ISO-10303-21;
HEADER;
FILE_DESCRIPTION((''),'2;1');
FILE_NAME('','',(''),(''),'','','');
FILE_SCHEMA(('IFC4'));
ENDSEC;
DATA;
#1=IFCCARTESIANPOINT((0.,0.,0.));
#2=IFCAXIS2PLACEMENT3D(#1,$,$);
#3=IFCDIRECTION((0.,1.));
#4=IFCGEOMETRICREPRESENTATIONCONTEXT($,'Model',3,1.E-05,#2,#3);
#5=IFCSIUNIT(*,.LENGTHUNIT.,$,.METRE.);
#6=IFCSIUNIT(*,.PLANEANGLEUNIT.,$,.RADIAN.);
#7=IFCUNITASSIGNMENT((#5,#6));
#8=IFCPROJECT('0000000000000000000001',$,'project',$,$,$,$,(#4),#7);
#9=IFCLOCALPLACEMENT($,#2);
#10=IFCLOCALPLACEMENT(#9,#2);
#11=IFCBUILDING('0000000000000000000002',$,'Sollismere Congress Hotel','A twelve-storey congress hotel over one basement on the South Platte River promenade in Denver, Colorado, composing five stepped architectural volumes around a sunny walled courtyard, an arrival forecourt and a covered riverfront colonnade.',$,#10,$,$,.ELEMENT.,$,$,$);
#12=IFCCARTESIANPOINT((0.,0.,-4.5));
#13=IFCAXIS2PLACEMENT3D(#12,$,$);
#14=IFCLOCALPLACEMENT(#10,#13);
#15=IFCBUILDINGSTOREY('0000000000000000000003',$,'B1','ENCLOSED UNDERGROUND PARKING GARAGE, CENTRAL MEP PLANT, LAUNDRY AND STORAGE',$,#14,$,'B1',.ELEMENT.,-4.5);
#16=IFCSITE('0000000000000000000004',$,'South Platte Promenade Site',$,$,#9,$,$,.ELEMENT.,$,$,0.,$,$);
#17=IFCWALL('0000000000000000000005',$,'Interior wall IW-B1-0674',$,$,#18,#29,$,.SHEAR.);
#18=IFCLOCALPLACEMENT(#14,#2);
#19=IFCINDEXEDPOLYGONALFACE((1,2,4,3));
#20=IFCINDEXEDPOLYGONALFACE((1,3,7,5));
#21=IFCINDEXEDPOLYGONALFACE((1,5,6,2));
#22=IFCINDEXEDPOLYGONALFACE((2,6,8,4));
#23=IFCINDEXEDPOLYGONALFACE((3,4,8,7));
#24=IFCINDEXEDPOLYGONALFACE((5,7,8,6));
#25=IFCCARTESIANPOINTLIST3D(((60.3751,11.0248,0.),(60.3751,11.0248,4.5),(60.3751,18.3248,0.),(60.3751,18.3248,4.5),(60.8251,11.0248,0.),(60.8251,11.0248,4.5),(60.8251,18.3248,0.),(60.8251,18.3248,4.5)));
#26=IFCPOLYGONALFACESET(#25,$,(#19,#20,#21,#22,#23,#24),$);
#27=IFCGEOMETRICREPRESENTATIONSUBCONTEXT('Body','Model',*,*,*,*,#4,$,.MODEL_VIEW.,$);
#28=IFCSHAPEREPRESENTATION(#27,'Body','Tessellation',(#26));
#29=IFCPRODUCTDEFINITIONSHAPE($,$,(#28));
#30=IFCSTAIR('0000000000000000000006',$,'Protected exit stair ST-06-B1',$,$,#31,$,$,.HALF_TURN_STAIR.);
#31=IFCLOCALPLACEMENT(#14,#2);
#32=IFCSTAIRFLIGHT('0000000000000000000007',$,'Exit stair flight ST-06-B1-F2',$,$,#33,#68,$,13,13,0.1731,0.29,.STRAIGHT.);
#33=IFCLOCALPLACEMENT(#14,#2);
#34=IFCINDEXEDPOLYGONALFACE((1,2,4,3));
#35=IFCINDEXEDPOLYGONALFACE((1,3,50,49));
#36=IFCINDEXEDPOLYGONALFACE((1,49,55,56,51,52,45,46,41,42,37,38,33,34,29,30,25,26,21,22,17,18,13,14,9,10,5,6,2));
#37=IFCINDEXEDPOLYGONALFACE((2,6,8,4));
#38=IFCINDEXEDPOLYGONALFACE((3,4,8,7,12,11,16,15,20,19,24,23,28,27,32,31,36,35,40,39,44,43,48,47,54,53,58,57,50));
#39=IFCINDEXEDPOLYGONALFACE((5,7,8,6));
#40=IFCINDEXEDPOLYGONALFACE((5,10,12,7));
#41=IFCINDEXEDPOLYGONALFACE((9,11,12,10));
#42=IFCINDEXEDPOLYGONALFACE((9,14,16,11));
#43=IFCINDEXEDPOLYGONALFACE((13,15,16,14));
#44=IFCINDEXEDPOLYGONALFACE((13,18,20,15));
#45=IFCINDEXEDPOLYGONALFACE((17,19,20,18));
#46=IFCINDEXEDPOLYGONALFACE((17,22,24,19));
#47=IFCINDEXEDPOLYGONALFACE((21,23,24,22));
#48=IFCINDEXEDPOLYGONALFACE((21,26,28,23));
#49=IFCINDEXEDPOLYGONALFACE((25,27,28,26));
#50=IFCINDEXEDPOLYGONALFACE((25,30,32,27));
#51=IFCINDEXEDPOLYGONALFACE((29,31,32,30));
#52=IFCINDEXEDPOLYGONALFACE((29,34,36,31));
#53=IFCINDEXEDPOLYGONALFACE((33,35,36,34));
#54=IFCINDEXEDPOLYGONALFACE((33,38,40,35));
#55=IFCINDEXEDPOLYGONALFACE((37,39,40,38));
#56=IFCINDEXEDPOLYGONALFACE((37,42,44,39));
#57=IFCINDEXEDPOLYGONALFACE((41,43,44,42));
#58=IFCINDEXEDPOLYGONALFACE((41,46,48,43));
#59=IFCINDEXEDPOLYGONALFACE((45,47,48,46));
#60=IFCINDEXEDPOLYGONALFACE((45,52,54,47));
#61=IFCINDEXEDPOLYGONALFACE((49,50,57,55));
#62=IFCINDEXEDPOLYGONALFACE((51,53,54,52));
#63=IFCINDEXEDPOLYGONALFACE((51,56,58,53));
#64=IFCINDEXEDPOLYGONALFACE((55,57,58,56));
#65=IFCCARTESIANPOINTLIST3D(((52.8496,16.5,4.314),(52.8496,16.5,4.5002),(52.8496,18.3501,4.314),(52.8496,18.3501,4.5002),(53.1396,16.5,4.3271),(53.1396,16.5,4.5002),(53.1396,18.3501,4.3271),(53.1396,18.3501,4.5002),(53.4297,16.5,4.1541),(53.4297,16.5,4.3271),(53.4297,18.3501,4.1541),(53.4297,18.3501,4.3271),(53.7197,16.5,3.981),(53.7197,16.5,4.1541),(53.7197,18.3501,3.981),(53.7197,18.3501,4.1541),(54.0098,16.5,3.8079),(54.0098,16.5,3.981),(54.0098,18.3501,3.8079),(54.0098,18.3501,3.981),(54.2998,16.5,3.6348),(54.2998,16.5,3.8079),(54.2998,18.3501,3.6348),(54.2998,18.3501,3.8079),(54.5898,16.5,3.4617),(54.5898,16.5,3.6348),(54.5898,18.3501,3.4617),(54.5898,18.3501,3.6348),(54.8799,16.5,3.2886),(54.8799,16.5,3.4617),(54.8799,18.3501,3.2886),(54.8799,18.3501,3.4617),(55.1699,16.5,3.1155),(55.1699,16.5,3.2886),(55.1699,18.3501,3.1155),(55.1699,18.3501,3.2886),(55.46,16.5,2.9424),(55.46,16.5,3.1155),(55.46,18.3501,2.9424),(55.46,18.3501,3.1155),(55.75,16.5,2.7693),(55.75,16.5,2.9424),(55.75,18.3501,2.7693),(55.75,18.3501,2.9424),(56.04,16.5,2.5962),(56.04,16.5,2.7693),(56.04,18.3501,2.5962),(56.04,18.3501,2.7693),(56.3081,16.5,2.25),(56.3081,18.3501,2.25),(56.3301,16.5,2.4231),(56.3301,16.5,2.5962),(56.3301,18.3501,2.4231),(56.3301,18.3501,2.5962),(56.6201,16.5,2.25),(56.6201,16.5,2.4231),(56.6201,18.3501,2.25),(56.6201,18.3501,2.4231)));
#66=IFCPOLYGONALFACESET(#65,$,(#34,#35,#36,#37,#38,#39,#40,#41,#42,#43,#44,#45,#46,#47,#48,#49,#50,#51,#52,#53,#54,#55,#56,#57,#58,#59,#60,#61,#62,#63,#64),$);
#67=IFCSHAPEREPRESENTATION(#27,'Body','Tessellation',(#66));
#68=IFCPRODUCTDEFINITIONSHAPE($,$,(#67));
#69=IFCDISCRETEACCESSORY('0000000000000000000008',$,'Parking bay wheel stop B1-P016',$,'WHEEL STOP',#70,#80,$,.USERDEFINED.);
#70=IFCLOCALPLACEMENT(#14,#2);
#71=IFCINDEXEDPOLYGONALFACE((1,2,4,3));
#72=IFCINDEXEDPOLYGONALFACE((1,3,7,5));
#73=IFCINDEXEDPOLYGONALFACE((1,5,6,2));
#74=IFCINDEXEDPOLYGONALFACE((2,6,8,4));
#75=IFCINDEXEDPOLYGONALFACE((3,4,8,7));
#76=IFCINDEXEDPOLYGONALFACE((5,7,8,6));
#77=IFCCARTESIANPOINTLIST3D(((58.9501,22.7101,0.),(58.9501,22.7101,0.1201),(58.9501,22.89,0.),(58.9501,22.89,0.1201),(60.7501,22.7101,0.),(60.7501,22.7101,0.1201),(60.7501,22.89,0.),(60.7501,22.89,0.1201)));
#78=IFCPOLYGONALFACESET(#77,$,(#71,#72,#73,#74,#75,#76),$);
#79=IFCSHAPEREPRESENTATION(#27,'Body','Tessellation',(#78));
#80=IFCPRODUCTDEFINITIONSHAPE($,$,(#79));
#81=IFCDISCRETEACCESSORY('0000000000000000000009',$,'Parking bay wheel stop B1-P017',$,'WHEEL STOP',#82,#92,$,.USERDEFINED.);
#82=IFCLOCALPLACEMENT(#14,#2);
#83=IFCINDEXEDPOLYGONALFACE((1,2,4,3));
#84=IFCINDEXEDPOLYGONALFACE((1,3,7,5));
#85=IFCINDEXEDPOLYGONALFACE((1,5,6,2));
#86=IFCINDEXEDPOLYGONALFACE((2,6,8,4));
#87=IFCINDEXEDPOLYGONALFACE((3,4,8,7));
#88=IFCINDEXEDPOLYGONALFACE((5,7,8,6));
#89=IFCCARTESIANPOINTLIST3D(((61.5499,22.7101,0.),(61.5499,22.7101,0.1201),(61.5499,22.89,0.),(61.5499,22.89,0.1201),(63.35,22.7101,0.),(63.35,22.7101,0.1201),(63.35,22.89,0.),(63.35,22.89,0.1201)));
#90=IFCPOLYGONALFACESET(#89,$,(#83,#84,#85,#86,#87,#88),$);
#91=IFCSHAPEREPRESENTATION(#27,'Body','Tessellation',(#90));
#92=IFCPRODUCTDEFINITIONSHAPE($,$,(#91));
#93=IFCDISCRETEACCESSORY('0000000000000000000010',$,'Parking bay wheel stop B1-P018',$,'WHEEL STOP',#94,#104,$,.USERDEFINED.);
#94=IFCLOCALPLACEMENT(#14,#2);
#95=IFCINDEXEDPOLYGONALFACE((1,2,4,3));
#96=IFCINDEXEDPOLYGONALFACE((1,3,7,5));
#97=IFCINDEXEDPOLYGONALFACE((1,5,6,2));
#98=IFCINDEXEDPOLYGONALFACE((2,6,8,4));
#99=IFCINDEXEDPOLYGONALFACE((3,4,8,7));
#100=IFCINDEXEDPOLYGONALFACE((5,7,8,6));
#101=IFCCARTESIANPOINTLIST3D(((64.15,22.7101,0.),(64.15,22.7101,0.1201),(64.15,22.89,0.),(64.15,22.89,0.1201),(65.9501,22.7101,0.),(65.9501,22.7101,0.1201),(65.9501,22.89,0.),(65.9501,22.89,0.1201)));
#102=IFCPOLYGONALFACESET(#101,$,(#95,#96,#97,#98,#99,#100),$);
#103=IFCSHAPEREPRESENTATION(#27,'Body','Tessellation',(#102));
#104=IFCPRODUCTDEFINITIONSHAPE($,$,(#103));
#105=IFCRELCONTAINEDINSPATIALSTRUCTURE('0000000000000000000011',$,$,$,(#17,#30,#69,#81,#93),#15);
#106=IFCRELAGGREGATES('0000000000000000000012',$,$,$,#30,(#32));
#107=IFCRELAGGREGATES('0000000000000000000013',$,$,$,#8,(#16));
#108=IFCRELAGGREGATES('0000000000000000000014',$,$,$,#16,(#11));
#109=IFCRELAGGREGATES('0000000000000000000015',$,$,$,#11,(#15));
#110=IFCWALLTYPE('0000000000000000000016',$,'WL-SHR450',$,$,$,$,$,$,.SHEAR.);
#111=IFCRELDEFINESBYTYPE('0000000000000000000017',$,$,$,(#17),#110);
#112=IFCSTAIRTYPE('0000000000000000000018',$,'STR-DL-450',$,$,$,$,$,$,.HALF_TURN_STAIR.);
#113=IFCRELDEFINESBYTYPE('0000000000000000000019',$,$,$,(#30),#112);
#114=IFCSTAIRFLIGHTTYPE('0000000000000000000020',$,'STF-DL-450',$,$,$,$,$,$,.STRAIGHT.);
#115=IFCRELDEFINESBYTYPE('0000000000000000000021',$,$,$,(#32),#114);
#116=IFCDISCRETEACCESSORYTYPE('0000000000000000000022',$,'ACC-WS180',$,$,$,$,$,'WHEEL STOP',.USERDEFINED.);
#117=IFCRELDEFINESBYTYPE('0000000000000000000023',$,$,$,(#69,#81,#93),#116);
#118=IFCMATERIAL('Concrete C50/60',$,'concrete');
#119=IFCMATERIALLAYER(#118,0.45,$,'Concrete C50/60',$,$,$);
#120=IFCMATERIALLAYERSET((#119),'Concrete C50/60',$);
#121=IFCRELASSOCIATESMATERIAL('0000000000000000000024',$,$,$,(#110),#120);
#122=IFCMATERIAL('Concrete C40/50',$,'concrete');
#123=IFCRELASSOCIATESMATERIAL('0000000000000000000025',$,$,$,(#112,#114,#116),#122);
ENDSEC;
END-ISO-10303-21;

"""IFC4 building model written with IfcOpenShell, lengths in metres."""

from ifc_helpers import new_model, si_unit, direction, frame, frame_2d, origin, origin_2d, place, context, subcontext, project, spatial, polyline, rectangle, outline, extrude, material, layer, layer_set, type_object, element, aggregate, save


model = new_model("IFC4")

# Units and contexts
model_context = context("Model", 3, precision=1e-05, world=origin(), true_north=direction((0.0, 1.0)))
body_context = subcontext(model_context, "Body", "Model", "MODEL_VIEW")
ifc_project = project(units=[si_unit("LENGTHUNIT", "METRE"), si_unit("PLANEANGLEUNIT", "RADIAN")], contexts=[model_context])

# Site, building, storey
site_placement = place(None, origin())
site = spatial("IfcSite", under=ifc_project, at=site_placement, Name="South Platte Promenade Site", CompositionType="ELEMENT", RefElevation=0.0)
building_placement = place(site_placement, origin())
building = spatial("IfcBuilding", under=site, at=building_placement, Name="Sollismere Congress Hotel", Description="A twelve-storey congress hotel over one basement on the South Platte River promenade in Denver, Colorado, composing five stepped architectural volumes around a sunny walled courtyard, an arrival forecourt and a covered riverfront colonnade.", CompositionType="ELEMENT")
storey_placement = place(building_placement, frame((0.0, 0.0, -4.5)))
storey = spatial("IfcBuildingStorey", under=building, at=storey_placement, Name="B1", Description="ENCLOSED UNDERGROUND PARKING GARAGE, CENTRAL MEP PLANT, LAUNDRY AND STORAGE", LongName="B1", CompositionType="ELEMENT", Elevation=-4.5)

# Shared definitions
ifc_material_1 = material(Name="Concrete C40/50", Category="concrete")

# Shared definitions
ifc_material_2 = material(Name="Concrete C50/60", Category="concrete")

# Wall
ifc_layer_1 = layer(ifc_material_2, 0.45, Name="Concrete C50/60")
ifc_layer_set_1 = layer_set([ifc_layer_1], Name="Concrete C50/60")
wall_type_1 = type_object("IfcWallType", Name="WL-SHR450", PredefinedType="SHEAR", material=ifc_layer_set_1)
wall_1_placement = place(storey_placement, frame((60.6001, 11.0249, 0.0), z_axis=(0.0, 0.0, 1.0), x_axis=(0.0, 1.0, 0.0)))
element("IfcWall", 1, at=wall_1_placement, inside=storey, type_object=wall_type_1, Name="Interior wall IW-B1-0674", PredefinedType="SHEAR", context=body_context, shape_type="SweptSolid", body=[
    extrude(rectangle(XDim=7.3, YDim=0.45, at=frame_2d((3.6499, 0.0))), origin(), (0.0, 0.0, 1.0), 4.5),
])

# Stair, stair flight
stair_type = type_object("IfcStairType", Name="STR-DL-450", PredefinedType="HALF_TURN_STAIR", material=ifc_material_1)
stair_placement = place(storey_placement, origin())
stair = element("IfcStair", 2, at=stair_placement, inside=storey, type_object=stair_type, Name="Protected exit stair ST-06-B1", PredefinedType="HALF_TURN_STAIR")
stair_flight_type = type_object("IfcStairFlightType", Name="STF-DL-450", PredefinedType="STRAIGHT", material=ifc_material_1)
stair_flight_placement = place(storey_placement, frame((56.6201, 17.425, 2.25), z_axis=(0.0, 0.0, 1.0), x_axis=(-1.0, 0.0, 0.0)))
stair_flight = element("IfcStairFlight", 3, at=stair_flight_placement, type_object=stair_flight_type, Name="Exit stair flight ST-06-B1-F2", NumberOfRisers=13, NumberOfTreads=13, PredefinedType="STRAIGHT", RiserHeight=0.1731, TreadLength=0.29, context=body_context, shape_type="SweptSolid", body=[
    extrude(outline(polyline([(0.0, 0.0), (0.0, 0.1731), (0.29, 0.1731), (0.29, 0.3462), (0.5801, 0.3462), (0.5801, 0.5193), (0.8701, 0.5193), (0.8701, 0.6924), (1.1602, 0.6924), (1.1602, 0.8655), (1.4502, 0.8655), (1.4502, 1.0386), (1.7402, 1.0386), (1.7402, 1.2117), (2.0303, 1.2117), (2.0303, 1.3848), (2.3203, 1.3848), (2.3203, 1.5579), (2.6104, 1.5579), (2.6104, 1.731), (2.9004, 1.731), (2.9004, 1.9041), (3.1904, 1.9041), (3.1904, 2.0771), (3.4805, 2.0771), (3.4805, 2.2502), (3.7705, 2.2502), (3.7705, 2.064), (0.312, 0.0), (0.0, 0.0)])), frame((0.0, 0.925, 0.0), z_axis=(0.0, -1.0, 0.0), x_axis=(1.0, 0.0, 0.0)), (0.0, 0.0, 1.0), 1.8501),
])
aggregate(stair, [stair_flight])

# Discrete accessories
discrete_accessory_type = type_object("IfcDiscreteAccessoryType", Name="ACC-WS180", ElementType="WHEEL STOP", PredefinedType="USERDEFINED", material=ifc_material_1)
for number, where, z_axis, x_axis, name in (
    (4, (59.8501, 22.8, 0.0), (0.0, 0.0, 1.0), (1.0, 0.0, 0.0), "Parking bay wheel stop B1-P016"),
    (5, (62.45, 22.8, 0.0), (0.0, 0.0, 1.0), (1.0, 0.0, 0.0), "Parking bay wheel stop B1-P017"),
    (6, (65.05, 22.8, 0.0), (0.0, 0.0, 1.0), (1.0, 0.0, 0.0), "Parking bay wheel stop B1-P018"),
):
    element("IfcDiscreteAccessory", number, at=place(storey_placement, frame(where, z_axis=z_axis, x_axis=x_axis)), inside=storey, type_object=discrete_accessory_type, Name=name, ObjectType="WHEEL STOP", PredefinedType="USERDEFINED", context=body_context, shape_type="SweptSolid", body=[
        extrude(rectangle(XDim=1.8, YDim=0.1799, at=origin_2d()), origin(), (0.0, 0.0, 1.0), 0.1201),
    ])

save(model, "model.ifc")
